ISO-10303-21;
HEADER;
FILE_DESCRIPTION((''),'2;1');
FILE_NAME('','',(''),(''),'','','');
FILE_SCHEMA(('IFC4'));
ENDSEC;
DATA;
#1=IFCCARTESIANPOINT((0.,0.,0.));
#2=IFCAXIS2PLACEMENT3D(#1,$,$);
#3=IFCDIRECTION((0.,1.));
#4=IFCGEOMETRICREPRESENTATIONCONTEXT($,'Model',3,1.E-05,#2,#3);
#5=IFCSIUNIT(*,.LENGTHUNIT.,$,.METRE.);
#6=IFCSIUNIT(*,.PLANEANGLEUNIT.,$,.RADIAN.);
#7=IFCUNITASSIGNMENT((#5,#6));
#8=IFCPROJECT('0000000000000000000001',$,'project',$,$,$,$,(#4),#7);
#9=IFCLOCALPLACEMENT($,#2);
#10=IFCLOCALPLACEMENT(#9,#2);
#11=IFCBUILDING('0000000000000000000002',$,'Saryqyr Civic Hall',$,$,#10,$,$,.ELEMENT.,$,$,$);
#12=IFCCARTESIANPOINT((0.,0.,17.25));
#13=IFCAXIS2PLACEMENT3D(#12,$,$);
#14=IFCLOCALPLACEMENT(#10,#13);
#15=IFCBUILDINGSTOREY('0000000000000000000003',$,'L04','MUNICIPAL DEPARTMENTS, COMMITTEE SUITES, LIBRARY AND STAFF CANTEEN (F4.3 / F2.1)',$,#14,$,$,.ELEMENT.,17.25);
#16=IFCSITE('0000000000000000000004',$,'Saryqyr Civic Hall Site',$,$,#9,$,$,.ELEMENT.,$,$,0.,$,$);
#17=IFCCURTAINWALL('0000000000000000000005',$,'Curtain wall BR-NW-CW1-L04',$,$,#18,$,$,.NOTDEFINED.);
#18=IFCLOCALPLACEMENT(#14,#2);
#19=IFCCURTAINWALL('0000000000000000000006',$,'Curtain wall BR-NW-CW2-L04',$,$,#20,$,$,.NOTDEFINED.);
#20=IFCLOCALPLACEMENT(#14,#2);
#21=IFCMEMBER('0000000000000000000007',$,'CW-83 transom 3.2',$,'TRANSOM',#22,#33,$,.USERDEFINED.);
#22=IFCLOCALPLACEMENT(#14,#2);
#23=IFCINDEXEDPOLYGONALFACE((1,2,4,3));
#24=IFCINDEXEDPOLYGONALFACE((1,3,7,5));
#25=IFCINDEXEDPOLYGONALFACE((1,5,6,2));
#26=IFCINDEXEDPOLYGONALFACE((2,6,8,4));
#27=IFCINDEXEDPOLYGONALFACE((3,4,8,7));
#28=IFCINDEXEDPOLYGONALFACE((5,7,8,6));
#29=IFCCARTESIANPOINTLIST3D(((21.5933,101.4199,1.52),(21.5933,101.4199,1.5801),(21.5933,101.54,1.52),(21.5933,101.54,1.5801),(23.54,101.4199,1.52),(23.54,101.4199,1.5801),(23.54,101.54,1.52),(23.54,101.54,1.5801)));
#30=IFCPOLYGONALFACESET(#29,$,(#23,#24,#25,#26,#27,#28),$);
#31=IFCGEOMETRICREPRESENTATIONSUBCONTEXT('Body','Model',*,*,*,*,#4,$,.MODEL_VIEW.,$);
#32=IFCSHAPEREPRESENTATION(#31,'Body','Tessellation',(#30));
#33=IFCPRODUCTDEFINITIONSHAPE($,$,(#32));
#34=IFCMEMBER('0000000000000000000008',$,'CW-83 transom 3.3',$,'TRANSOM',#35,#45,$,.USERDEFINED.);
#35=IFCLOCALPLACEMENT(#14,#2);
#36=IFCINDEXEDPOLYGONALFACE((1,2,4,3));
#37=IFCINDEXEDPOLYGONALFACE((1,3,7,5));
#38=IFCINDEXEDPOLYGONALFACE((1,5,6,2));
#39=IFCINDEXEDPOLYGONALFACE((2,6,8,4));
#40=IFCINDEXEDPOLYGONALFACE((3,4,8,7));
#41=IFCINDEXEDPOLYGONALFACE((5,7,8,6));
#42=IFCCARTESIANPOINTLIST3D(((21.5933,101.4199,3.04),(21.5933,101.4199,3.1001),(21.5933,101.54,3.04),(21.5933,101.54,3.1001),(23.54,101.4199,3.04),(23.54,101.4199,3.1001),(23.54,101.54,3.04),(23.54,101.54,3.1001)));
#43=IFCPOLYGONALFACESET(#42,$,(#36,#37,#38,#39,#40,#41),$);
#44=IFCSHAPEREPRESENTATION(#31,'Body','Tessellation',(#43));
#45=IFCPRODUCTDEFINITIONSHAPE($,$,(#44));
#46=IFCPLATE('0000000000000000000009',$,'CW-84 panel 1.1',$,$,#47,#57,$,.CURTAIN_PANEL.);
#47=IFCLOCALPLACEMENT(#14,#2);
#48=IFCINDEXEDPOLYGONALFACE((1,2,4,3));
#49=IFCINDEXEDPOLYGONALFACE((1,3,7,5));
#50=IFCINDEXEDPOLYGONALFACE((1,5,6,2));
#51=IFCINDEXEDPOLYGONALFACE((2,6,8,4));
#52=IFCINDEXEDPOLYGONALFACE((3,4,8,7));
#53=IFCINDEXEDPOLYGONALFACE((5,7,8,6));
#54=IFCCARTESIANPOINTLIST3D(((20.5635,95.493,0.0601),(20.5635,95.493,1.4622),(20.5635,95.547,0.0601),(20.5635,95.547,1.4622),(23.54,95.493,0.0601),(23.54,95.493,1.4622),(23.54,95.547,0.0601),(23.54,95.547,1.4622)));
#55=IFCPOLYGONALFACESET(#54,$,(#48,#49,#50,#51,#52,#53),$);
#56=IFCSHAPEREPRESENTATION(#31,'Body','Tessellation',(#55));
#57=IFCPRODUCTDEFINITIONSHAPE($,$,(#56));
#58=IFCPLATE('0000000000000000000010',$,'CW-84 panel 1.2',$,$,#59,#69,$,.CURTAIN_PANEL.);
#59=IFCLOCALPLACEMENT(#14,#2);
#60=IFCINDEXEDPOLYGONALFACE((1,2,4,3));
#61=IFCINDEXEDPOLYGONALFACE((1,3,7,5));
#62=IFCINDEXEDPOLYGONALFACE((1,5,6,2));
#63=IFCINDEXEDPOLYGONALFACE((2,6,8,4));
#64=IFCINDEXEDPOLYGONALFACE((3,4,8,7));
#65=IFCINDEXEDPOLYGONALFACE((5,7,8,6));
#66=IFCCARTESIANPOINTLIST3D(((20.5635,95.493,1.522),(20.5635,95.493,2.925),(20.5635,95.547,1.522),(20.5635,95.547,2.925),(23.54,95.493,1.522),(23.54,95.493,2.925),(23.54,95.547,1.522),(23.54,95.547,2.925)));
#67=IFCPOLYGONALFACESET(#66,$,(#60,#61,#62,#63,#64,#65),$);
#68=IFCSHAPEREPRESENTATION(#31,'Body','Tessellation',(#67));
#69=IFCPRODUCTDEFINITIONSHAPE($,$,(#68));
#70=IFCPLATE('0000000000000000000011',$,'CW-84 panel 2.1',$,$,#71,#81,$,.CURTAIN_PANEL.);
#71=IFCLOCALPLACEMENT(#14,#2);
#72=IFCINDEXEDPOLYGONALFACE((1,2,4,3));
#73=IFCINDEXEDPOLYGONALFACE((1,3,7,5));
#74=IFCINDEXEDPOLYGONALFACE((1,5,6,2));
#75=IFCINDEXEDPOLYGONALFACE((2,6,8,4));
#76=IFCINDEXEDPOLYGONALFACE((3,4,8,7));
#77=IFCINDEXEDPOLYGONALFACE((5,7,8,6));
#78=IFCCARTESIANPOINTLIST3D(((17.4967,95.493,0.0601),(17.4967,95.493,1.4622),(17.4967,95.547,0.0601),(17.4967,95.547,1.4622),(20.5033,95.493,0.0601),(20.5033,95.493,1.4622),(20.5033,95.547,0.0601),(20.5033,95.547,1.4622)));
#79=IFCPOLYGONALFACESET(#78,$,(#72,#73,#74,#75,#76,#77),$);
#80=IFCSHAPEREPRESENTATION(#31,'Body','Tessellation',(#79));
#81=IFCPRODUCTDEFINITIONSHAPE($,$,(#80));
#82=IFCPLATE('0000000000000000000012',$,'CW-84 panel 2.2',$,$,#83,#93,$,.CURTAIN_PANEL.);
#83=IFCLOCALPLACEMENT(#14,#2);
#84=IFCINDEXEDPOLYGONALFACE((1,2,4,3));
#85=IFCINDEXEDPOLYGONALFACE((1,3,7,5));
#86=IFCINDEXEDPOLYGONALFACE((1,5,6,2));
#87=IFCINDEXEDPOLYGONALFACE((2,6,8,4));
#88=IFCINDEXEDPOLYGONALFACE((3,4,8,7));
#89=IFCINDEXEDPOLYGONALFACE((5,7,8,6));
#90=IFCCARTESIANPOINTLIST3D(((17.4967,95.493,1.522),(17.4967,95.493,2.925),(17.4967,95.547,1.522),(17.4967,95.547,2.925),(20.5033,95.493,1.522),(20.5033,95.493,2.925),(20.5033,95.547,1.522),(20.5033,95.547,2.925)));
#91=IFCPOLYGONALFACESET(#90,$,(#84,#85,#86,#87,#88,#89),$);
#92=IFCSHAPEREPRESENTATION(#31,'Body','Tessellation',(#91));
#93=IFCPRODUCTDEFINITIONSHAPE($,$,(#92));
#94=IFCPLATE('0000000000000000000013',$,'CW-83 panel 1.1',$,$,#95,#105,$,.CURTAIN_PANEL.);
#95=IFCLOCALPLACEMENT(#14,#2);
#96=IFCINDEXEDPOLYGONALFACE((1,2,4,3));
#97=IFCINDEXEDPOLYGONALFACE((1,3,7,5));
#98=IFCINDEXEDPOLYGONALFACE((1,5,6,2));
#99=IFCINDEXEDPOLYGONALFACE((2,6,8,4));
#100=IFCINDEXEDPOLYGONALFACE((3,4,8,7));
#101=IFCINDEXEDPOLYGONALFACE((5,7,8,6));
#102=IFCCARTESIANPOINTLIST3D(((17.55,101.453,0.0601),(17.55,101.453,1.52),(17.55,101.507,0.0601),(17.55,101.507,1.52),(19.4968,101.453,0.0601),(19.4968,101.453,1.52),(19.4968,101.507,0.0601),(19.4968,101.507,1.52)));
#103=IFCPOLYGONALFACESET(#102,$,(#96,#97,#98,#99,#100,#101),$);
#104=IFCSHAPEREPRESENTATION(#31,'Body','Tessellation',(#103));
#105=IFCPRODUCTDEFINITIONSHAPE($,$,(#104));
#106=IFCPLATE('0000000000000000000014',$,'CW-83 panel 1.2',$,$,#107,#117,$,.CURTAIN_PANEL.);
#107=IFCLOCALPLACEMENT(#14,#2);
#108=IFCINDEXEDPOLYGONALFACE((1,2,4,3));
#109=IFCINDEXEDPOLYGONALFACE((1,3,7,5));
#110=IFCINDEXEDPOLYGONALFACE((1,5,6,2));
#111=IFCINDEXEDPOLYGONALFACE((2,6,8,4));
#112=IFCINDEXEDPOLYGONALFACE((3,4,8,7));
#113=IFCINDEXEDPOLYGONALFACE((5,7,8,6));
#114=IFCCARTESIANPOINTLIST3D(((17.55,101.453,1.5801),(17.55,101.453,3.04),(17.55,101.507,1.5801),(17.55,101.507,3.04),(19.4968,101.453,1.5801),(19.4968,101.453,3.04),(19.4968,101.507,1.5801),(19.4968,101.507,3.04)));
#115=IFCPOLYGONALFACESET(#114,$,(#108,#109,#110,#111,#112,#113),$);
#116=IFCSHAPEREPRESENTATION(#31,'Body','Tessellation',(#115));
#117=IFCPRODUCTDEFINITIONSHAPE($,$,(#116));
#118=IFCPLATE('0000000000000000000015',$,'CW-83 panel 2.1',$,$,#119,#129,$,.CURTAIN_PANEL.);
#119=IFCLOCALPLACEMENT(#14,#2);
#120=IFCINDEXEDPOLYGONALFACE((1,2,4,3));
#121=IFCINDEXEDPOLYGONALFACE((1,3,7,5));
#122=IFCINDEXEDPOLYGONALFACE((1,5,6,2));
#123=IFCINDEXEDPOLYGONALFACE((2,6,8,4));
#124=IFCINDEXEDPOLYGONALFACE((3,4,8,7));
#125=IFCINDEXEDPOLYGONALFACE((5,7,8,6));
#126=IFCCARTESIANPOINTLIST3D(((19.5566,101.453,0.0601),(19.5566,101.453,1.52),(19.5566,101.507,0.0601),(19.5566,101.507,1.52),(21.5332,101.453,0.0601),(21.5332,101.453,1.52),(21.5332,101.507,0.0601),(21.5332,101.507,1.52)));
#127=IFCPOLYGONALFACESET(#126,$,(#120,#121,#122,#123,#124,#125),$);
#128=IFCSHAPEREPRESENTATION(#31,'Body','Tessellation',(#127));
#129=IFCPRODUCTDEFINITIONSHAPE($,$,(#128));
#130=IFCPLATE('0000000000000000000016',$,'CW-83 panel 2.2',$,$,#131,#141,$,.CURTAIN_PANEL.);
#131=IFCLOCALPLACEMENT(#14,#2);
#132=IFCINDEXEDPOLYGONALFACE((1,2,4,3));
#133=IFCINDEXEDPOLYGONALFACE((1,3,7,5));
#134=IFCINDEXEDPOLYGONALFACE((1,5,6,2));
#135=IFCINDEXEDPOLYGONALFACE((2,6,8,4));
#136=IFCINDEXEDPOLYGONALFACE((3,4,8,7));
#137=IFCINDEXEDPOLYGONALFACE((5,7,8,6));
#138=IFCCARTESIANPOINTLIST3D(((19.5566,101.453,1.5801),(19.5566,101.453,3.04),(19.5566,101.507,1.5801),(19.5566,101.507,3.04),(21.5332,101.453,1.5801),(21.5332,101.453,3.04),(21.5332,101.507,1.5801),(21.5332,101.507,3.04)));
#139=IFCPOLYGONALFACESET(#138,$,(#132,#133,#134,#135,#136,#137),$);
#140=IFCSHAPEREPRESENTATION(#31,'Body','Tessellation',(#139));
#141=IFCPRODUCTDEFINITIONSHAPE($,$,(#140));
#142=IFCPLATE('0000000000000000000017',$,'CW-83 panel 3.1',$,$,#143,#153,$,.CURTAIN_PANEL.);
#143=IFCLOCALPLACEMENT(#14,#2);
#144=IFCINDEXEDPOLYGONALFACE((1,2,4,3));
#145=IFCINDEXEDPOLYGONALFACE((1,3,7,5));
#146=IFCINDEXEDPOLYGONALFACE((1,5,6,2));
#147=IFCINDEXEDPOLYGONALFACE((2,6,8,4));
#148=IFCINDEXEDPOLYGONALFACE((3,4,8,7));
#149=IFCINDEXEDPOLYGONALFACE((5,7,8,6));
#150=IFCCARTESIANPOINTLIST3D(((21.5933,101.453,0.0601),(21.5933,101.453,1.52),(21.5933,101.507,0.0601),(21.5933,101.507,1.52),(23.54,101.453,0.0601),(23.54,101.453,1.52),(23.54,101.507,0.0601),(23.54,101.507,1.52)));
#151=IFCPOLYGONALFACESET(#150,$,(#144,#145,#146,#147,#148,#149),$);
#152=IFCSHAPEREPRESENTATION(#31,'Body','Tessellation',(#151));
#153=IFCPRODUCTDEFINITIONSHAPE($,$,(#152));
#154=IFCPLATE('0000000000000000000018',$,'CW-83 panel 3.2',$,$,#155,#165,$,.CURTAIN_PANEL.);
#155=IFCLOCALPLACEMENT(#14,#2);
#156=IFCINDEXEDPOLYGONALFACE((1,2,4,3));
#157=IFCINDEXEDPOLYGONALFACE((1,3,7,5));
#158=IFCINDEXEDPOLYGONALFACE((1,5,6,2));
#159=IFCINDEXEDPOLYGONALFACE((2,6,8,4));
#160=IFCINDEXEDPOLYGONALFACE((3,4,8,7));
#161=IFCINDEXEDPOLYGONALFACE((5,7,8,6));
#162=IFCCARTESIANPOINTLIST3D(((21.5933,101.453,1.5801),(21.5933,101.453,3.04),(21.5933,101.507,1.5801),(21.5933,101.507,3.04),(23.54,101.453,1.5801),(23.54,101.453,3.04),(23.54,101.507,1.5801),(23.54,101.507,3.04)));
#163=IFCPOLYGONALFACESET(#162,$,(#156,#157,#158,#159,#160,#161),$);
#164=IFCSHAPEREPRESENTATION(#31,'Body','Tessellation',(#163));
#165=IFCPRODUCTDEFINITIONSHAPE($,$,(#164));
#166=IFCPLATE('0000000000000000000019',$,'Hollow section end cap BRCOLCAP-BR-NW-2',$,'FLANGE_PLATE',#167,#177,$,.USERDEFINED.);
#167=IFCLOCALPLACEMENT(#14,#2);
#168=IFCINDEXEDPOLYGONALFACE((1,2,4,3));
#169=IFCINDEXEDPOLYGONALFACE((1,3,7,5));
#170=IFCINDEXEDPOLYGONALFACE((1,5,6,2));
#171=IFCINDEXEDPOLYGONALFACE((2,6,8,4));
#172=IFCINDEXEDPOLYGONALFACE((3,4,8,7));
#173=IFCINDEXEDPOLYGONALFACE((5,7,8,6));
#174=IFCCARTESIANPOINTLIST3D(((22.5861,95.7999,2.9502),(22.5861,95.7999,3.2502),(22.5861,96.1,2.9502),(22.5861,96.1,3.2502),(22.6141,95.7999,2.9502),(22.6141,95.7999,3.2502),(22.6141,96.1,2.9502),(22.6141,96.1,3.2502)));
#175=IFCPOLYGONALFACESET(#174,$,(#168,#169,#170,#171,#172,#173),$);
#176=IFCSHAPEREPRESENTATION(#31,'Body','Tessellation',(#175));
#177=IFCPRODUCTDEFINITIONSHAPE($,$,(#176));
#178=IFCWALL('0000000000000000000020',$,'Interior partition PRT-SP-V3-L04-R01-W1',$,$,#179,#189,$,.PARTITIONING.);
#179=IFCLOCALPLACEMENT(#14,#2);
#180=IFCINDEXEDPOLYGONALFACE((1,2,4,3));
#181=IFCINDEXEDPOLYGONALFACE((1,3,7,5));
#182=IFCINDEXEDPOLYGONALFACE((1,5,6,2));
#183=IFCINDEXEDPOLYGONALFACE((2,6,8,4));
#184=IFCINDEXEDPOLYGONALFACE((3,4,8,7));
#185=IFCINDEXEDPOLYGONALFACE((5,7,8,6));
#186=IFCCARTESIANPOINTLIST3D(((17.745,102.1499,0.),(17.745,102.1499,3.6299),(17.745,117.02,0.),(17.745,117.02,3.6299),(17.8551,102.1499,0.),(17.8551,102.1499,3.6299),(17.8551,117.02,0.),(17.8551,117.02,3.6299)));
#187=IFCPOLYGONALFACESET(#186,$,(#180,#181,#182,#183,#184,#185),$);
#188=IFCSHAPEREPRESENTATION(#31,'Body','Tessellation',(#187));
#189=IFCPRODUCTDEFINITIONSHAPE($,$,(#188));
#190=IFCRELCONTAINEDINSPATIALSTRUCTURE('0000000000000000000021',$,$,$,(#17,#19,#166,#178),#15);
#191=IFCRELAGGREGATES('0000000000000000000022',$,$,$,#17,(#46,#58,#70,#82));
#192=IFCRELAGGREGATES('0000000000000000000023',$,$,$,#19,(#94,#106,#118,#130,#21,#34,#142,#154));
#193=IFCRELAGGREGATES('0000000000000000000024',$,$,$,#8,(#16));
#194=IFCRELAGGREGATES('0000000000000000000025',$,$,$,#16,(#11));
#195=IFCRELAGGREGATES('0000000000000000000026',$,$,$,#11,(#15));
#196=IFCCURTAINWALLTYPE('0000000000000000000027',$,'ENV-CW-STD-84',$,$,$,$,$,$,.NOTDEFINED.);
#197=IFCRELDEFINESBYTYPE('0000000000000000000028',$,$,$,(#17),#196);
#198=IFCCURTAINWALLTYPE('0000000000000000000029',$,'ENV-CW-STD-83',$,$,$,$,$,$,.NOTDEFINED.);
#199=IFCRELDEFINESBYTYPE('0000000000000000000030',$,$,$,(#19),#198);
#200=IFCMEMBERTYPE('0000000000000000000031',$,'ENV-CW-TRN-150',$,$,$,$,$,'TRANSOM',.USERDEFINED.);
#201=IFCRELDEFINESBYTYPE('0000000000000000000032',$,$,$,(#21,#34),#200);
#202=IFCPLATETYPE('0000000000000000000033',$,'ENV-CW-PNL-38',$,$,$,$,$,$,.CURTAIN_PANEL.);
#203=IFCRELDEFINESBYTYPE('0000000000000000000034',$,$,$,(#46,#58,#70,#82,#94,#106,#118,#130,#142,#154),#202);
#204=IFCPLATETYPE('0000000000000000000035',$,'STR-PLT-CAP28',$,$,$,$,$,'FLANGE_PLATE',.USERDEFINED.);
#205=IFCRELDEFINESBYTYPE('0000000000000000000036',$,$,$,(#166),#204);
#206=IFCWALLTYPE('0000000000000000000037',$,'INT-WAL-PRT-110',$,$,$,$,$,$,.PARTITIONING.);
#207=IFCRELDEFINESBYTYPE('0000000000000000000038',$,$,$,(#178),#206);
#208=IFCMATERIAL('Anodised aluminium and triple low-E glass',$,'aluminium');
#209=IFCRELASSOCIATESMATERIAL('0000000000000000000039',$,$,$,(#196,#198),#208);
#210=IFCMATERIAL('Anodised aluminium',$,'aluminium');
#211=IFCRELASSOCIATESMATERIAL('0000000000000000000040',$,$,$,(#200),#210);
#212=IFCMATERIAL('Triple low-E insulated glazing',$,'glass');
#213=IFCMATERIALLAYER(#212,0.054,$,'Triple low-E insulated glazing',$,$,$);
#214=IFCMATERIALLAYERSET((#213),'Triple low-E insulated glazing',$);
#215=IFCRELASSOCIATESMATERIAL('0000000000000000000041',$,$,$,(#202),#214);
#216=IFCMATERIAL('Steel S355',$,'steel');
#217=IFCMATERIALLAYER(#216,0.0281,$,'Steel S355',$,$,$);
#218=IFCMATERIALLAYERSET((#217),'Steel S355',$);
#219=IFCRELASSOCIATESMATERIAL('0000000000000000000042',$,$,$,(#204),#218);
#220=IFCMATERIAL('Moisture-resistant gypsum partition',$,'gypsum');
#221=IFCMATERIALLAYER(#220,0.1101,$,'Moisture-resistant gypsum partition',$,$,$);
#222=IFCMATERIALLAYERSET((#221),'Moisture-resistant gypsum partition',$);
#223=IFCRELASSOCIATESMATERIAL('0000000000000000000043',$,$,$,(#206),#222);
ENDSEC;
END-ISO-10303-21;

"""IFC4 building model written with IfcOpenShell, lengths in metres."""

from ifc_helpers import new_model, si_unit, direction, frame, frame_2d, origin, origin_2d, place, context, subcontext, project, spatial, rectangle, extrude, material, layer, layer_set, material_profile, profile_set, type_object, element, aggregate, save


model = new_model("IFC4")

# Units and contexts
model_context = context("Model", 3, precision=1e-05, world=origin(), true_north=direction((0.0, 1.0)))
body_context = subcontext(model_context, "Body", "Model", "MODEL_VIEW")
ifc_project = project(units=[si_unit("LENGTHUNIT", "METRE"), si_unit("PLANEANGLEUNIT", "RADIAN")], contexts=[model_context])

# Site, building, storey
site_placement = place(None, origin())
site = spatial("IfcSite", under=ifc_project, at=site_placement, Name="Saryqyr Civic Hall Site", CompositionType="ELEMENT", RefElevation=0.0)
building_placement = place(site_placement, origin())
building = spatial("IfcBuilding", under=site, at=building_placement, Name="Saryqyr Civic Hall", CompositionType="ELEMENT")
storey_placement = place(building_placement, frame((0.0, 0.0, 17.25)))
storey = spatial("IfcBuildingStorey", under=building, at=storey_placement, Name="L04", Description="MUNICIPAL DEPARTMENTS, COMMITTEE SUITES, LIBRARY AND STAFF CANTEEN (F4.3 / F2.1)", CompositionType="ELEMENT", Elevation=17.25)

# Shared definitions
ifc_material_1 = material(Name="Steel S355", Category="steel")

# Curtain wall
ifc_material_2 = material(Name="Anodised aluminium and triple low-E glass", Category="aluminium")
curtain_wall_type_1 = type_object("IfcCurtainWallType", Name="ENV-CW-STD-84", PredefinedType="NOTDEFINED", material=ifc_material_2)
curtain_wall_1_placement = place(storey_placement, origin())
curtain_wall_1 = element("IfcCurtainWall", 1, at=curtain_wall_1_placement, inside=storey, type_object=curtain_wall_type_1, Name="Curtain wall BR-NW-CW1-L04", PredefinedType="NOTDEFINED")
ifc_material_3 = material(Name="Anodised aluminium", Category="aluminium")

# Curtain wall
curtain_wall_type_2 = type_object("IfcCurtainWallType", Name="ENV-CW-STD-83", PredefinedType="NOTDEFINED", material=ifc_material_2)
curtain_wall_2_placement = place(storey_placement, origin())
curtain_wall_2 = element("IfcCurtainWall", 2, at=curtain_wall_2_placement, inside=storey, type_object=curtain_wall_type_2, Name="Curtain wall BR-NW-CW2-L04", PredefinedType="NOTDEFINED")

# Members
ifc_material_profile_1 = material_profile(ifc_material_3, rectangle(XDim=0.1201, YDim=0.0601, at=origin_2d()), Name="ALU TRANSOM 120x60")
ifc_profile_set_1 = profile_set([ifc_material_profile_1], Name="Anodised aluminium")
member_type_1 = type_object("IfcMemberType", Name="ENV-CW-TRN-150", ElementType="TRANSOM", PredefinedType="USERDEFINED", material=ifc_profile_set_1)
member_1_placement = place(storey_placement, frame((21.5933, 101.48, 1.55), z_axis=(1.0, 0.0, 0.0), x_axis=(0.0, 1.0, 0.0)))
member_1 = element("IfcMember", 3, at=member_1_placement, type_object=member_type_1, Name="CW-83 transom 3.2", ObjectType="TRANSOM", PredefinedType="USERDEFINED", context=body_context, shape_type="SweptSolid", body=[
    extrude(rectangle(XDim=0.1201, YDim=0.0601, at=origin_2d()), origin(), (0.0, 0.0, 1.0), 1.9468),
])
member_2_placement = place(storey_placement, frame((21.5933, 101.48, 3.0701), z_axis=(1.0, 0.0, 0.0), x_axis=(0.0, 1.0, 0.0)))
member_2 = element("IfcMember", 4, at=member_2_placement, type_object=member_type_1, Name="CW-83 transom 3.3", ObjectType="TRANSOM", PredefinedType="USERDEFINED", context=body_context, shape_type="SweptSolid", body=[
    extrude(rectangle(XDim=0.1201, YDim=0.0601, at=origin_2d()), origin(), (0.0, 0.0, 1.0), 1.9468),
])

# Plates
ifc_material_4 = material(Name="Triple low-E insulated glazing", Category="glass")
ifc_layer_1 = layer(ifc_material_4, 0.054, Name="Triple low-E insulated glazing")
ifc_layer_set_1 = layer_set([ifc_layer_1], Name="Triple low-E insulated glazing")
plate_type_1 = type_object("IfcPlateType", Name="ENV-CW-PNL-38", PredefinedType="CURTAIN_PANEL", material=ifc_layer_set_1)
plate_1_placement = place(storey_placement, frame((22.0518, 95.52, 0.0601), z_axis=(0.0, 0.0, 1.0), x_axis=(-1.0, 0.0, 0.0)))
plate_1 = element("IfcPlate", 5, at=plate_1_placement, type_object=plate_type_1, Name="CW-84 panel 1.1", PredefinedType="CURTAIN_PANEL", context=body_context, shape_type="SweptSolid", body=[
    extrude(rectangle(XDim=2.9766, YDim=0.054, at=origin_2d()), origin(), (0.0, 0.0, 1.0), 1.4021),
])
plate_2_placement = place(storey_placement, frame((22.0518, 95.52, 1.522), z_axis=(0.0, 0.0, 1.0), x_axis=(-1.0, 0.0, 0.0)))
plate_2 = element("IfcPlate", 6, at=plate_2_placement, type_object=plate_type_1, Name="CW-84 panel 1.2", PredefinedType="CURTAIN_PANEL", context=body_context, shape_type="SweptSolid", body=[
    extrude(rectangle(XDim=2.9766, YDim=0.054, at=origin_2d()), origin(), (0.0, 0.0, 1.0), 1.4031),
])
plate_3_placement = place(storey_placement, frame((19.0, 95.52, 0.0601), z_axis=(0.0, 0.0, 1.0), x_axis=(-1.0, 0.0, 0.0)))
plate_3 = element("IfcPlate", 7, at=plate_3_placement, type_object=plate_type_1, Name="CW-84 panel 2.1", PredefinedType="CURTAIN_PANEL", context=body_context, shape_type="SweptSolid", body=[
    extrude(rectangle(XDim=3.0066, YDim=0.054, at=origin_2d()), origin(), (0.0, 0.0, 1.0), 1.4021),
])
plate_4_placement = place(storey_placement, frame((19.0, 95.52, 1.522), z_axis=(0.0, 0.0, 1.0), x_axis=(-1.0, 0.0, 0.0)))
plate_4 = element("IfcPlate", 8, at=plate_4_placement, type_object=plate_type_1, Name="CW-84 panel 2.2", PredefinedType="CURTAIN_PANEL", context=body_context, shape_type="SweptSolid", body=[
    extrude(rectangle(XDim=3.0066, YDim=0.054, at=origin_2d()), origin(), (0.0, 0.0, 1.0), 1.4031),
])
aggregate(curtain_wall_1, [plate_1, plate_2, plate_3, plate_4])
plate_5_placement = place(storey_placement, frame((18.5234, 101.48, 0.0601), z_axis=(0.0, 0.0, 1.0), x_axis=(1.0, 0.0, 0.0)))
plate_5 = element("IfcPlate", 9, at=plate_5_placement, type_object=plate_type_1, Name="CW-83 panel 1.1", PredefinedType="CURTAIN_PANEL", context=body_context, shape_type="SweptSolid", body=[
    extrude(rectangle(XDim=1.9468, YDim=0.054, at=origin_2d()), origin(), (0.0, 0.0, 1.0), 1.46),
])
plate_6_placement = place(storey_placement, frame((18.5234, 101.48, 1.5801), z_axis=(0.0, 0.0, 1.0), x_axis=(1.0, 0.0, 0.0)))
plate_6 = element("IfcPlate", 10, at=plate_6_placement, type_object=plate_type_1, Name="CW-83 panel 1.2", PredefinedType="CURTAIN_PANEL", context=body_context, shape_type="SweptSolid", body=[
    extrude(rectangle(XDim=1.9468, YDim=0.054, at=origin_2d()), origin(), (0.0, 0.0, 1.0), 1.46),
])
plate_7_placement = place(storey_placement, frame((20.5449, 101.48, 0.0601), z_axis=(0.0, 0.0, 1.0), x_axis=(1.0, 0.0, 0.0)))
plate_7 = element("IfcPlate", 11, at=plate_7_placement, type_object=plate_type_1, Name="CW-83 panel 2.1", PredefinedType="CURTAIN_PANEL", context=body_context, shape_type="SweptSolid", body=[
    extrude(rectangle(XDim=1.9766, YDim=0.054, at=origin_2d()), origin(), (0.0, 0.0, 1.0), 1.46),
])
plate_8_placement = place(storey_placement, frame((20.5449, 101.48, 1.5801), z_axis=(0.0, 0.0, 1.0), x_axis=(1.0, 0.0, 0.0)))
plate_8 = element("IfcPlate", 12, at=plate_8_placement, type_object=plate_type_1, Name="CW-83 panel 2.2", PredefinedType="CURTAIN_PANEL", context=body_context, shape_type="SweptSolid", body=[
    extrude(rectangle(XDim=1.9766, YDim=0.054, at=origin_2d()), origin(), (0.0, 0.0, 1.0), 1.46),
])
plate_9_placement = place(storey_placement, frame((22.5667, 101.48, 0.0601), z_axis=(0.0, 0.0, 1.0), x_axis=(1.0, 0.0, 0.0)))
plate_9 = element("IfcPlate", 13, at=plate_9_placement, type_object=plate_type_1, Name="CW-83 panel 3.1", PredefinedType="CURTAIN_PANEL", context=body_context, shape_type="SweptSolid", body=[
    extrude(rectangle(XDim=1.9468, YDim=0.054, at=origin_2d()), origin(), (0.0, 0.0, 1.0), 1.46),
])
plate_10_placement = place(storey_placement, frame((22.5667, 101.48, 1.5801), z_axis=(0.0, 0.0, 1.0), x_axis=(1.0, 0.0, 0.0)))
plate_10 = element("IfcPlate", 14, at=plate_10_placement, type_object=plate_type_1, Name="CW-83 panel 3.2", PredefinedType="CURTAIN_PANEL", context=body_context, shape_type="SweptSolid", body=[
    extrude(rectangle(XDim=1.9468, YDim=0.054, at=origin_2d()), origin(), (0.0, 0.0, 1.0), 1.46),
])
aggregate(curtain_wall_2, [plate_5, plate_6, plate_7, plate_8, member_1, member_2, plate_9, plate_10])
ifc_layer_2 = layer(ifc_material_1, 0.0281, Name="Steel S355")
ifc_layer_set_2 = layer_set([ifc_layer_2], Name="Steel S355")
plate_type_2 = type_object("IfcPlateType", Name="STR-PLT-CAP28", ElementType="FLANGE_PLATE", PredefinedType="USERDEFINED", material=ifc_layer_set_2)
plate_11_placement = place(storey_placement, frame((22.6001, 95.95, 2.9502), z_axis=(0.0, 0.0, 1.0), x_axis=(1.0, 0.0, 0.0)))
element("IfcPlate", 15, at=plate_11_placement, inside=storey, type_object=plate_type_2, Name="Hollow section end cap BRCOLCAP-BR-NW-2", ObjectType="FLANGE_PLATE", PredefinedType="USERDEFINED", context=body_context, shape_type="SweptSolid", body=[
    extrude(rectangle(XDim=0.0281, YDim=0.3, at=origin_2d()), origin(), (0.0, 0.0, 1.0), 0.3),
])

# Wall
ifc_material_5 = material(Name="Moisture-resistant gypsum partition", Category="gypsum")
ifc_layer_3 = layer(ifc_material_5, 0.1101, Name="Moisture-resistant gypsum partition")
ifc_layer_set_3 = layer_set([ifc_layer_3], Name="Moisture-resistant gypsum partition")
wall_type = type_object("IfcWallType", Name="INT-WAL-PRT-110", PredefinedType="PARTITIONING", material=ifc_layer_set_3)
wall_placement = place(storey_placement, frame((17.8, 102.1499, 0.0), z_axis=(0.0, 0.0, 1.0), x_axis=(0.0, 1.0, 0.0)))
element("IfcWall", 16, at=wall_placement, inside=storey, type_object=wall_type, Name="Interior partition PRT-SP-V3-L04-R01-W1", PredefinedType="PARTITIONING", context=body_context, shape_type="SweptSolid", body=[
    extrude(rectangle(XDim=14.8701, YDim=0.1101, at=frame_2d((7.4351, 0.0))), origin(), (0.0, 0.0, 1.0), 3.6299),
])

save(model, "model.ifc")
